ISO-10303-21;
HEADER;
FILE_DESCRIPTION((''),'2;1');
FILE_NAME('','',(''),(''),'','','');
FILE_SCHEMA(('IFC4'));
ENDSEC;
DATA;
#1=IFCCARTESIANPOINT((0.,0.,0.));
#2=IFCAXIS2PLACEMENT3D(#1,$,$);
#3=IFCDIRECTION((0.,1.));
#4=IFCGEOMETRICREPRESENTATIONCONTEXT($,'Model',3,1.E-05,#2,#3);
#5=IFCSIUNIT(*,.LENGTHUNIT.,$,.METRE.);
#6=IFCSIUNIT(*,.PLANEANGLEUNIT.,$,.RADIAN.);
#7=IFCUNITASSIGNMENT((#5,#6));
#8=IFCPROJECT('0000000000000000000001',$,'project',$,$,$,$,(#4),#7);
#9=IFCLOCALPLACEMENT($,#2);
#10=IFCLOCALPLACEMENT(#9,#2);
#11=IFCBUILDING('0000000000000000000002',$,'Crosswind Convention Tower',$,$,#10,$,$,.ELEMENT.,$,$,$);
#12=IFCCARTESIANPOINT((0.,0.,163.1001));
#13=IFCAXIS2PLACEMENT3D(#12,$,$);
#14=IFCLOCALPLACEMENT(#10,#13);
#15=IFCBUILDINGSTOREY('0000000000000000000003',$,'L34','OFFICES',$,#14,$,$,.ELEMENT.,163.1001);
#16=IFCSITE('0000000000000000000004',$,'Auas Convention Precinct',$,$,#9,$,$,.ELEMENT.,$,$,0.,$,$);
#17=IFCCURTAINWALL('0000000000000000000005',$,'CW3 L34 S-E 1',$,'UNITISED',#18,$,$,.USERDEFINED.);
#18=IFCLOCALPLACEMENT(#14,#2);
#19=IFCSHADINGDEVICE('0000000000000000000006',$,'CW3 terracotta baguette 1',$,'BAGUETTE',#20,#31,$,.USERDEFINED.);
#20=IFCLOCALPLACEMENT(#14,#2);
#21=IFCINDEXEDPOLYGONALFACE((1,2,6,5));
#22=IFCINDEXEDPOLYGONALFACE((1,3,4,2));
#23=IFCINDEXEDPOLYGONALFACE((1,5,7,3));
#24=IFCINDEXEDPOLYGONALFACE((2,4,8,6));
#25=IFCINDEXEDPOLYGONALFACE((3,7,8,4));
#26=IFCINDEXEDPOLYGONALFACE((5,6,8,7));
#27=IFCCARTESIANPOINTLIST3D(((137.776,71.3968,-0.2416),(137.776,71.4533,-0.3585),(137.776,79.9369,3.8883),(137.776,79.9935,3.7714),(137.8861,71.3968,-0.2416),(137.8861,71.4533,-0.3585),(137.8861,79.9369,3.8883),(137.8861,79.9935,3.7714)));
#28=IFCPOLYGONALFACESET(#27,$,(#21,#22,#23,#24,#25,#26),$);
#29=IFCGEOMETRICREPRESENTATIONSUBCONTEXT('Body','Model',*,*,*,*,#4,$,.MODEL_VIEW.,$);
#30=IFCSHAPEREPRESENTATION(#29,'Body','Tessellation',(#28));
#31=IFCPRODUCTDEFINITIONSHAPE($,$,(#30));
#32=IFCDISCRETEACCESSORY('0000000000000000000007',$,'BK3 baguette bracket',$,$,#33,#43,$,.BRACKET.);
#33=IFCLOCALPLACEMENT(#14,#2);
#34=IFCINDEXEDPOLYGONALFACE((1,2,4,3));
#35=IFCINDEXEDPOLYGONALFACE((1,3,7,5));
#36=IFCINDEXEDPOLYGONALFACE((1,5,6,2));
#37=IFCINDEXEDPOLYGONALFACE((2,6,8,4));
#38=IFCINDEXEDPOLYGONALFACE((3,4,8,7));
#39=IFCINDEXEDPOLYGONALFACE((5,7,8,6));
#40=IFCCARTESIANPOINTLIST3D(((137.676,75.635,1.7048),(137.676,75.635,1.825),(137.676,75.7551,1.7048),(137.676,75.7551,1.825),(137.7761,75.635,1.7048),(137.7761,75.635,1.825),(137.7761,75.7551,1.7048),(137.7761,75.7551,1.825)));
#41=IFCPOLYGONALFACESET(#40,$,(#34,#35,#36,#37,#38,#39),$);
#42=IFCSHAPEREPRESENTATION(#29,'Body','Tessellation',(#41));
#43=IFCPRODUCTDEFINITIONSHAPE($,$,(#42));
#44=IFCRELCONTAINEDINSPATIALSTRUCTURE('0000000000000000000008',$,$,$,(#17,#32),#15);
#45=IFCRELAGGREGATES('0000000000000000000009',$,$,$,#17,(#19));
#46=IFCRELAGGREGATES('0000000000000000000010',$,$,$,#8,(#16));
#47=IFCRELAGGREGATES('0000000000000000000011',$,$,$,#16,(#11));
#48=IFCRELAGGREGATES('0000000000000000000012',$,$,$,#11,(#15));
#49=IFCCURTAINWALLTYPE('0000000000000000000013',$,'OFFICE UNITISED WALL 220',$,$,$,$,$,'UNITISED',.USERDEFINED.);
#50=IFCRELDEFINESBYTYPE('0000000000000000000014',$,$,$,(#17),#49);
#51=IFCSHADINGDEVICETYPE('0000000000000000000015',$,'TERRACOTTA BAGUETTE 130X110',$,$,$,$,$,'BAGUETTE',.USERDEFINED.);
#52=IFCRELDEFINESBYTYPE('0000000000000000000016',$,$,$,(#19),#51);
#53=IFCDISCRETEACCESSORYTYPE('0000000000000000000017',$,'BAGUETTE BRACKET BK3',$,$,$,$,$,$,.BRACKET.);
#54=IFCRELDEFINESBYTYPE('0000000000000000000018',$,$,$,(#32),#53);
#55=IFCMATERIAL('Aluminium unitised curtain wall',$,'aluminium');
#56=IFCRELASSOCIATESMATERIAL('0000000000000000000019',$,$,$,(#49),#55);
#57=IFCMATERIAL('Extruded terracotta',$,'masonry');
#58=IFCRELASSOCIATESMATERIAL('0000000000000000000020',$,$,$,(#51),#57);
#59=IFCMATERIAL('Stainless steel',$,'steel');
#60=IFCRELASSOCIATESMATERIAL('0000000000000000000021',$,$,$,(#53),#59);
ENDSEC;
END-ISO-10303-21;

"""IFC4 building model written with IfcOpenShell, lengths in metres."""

from ifc_helpers import new_model, si_unit, direction, frame, origin, origin_2d, place, context, subcontext, project, spatial, rectangle, extrude, material, material_profile, profile_set, type_object, element, aggregate, save


model = new_model("IFC4")

# Units and contexts
model_context = context("Model", 3, precision=1e-05, world=origin(), true_north=direction((0.0, 1.0)))
body_context = subcontext(model_context, "Body", "Model", "MODEL_VIEW")
ifc_project = project(units=[si_unit("LENGTHUNIT", "METRE"), si_unit("PLANEANGLEUNIT", "RADIAN")], contexts=[model_context])

# Site, building, storey
site_placement = place(None, origin())
site = spatial("IfcSite", under=ifc_project, at=site_placement, Name="Auas Convention Precinct", CompositionType="ELEMENT", RefElevation=0.0)
building_placement = place(site_placement, origin())
building = spatial("IfcBuilding", under=site, at=building_placement, Name="Crosswind Convention Tower", CompositionType="ELEMENT")
storey_placement = place(building_placement, frame((0.0, 0.0, 163.1001)))
storey = spatial("IfcBuildingStorey", under=building, at=storey_placement, Name="L34", Description="OFFICES", CompositionType="ELEMENT", Elevation=163.1001)

# Shared definitions
ifc_material_1 = material(Name="Aluminium unitised curtain wall", Category="aluminium")

# Curtain wall
curtain_wall_type_1 = type_object("IfcCurtainWallType", Name="OFFICE UNITISED WALL 220", ElementType="UNITISED", PredefinedType="USERDEFINED", material=ifc_material_1)
curtain_wall_1_placement = place(storey_placement, origin())
curtain_wall_1 = element("IfcCurtainWall", 1, at=curtain_wall_1_placement, inside=storey, type_object=curtain_wall_type_1, Name="CW3 L34 S-E 1", ObjectType="UNITISED", PredefinedType="USERDEFINED")

# Shading device
ifc_material_2 = material(Name="Extruded terracotta", Category="masonry")
ifc_material_profile_1 = material_profile(ifc_material_2, rectangle(XDim=0.1101, YDim=0.1299, at=origin_2d()), Name="TC 110X130")
ifc_profile_set_1 = profile_set([ifc_material_profile_1], Name="Extruded terracotta")
shading_device_type = type_object("IfcShadingDeviceType", Name="TERRACOTTA BAGUETTE 130X110", ElementType="BAGUETTE", PredefinedType="USERDEFINED", material=ifc_profile_set_1)
shading_device_1_placement = place(storey_placement, frame((137.8311, 71.425, -0.3), z_axis=(0.0, 0.900258, 0.435356), x_axis=(-1.0, 0.0, 0.0)))
shading_device_1 = element("IfcShadingDevice", 2, at=shading_device_1_placement, type_object=shading_device_type, Name="CW3 terracotta baguette 1", ObjectType="BAGUETTE", PredefinedType="USERDEFINED", context=body_context, shape_type="SweptSolid", body=[
    extrude(rectangle(XDim=0.1101, YDim=0.1299, at=origin_2d()), origin(), (0.0, 0.0, 1.0), 9.4863),
])
aggregate(curtain_wall_1, [shading_device_1])

# Discrete accessory
ifc_material_3 = material(Name="Stainless steel", Category="steel")
discrete_accessory_type = type_object("IfcDiscreteAccessoryType", Name="BAGUETTE BRACKET BK3", PredefinedType="BRACKET", material=ifc_material_3)
discrete_accessory_placement = place(storey_placement, frame((137.7261, 75.6951, 1.7048), z_axis=(0.0, 0.0, 1.0), x_axis=(0.0, 1.0, 0.0)))
element("IfcDiscreteAccessory", 3, at=discrete_accessory_placement, inside=storey, type_object=discrete_accessory_type, Name="BK3 baguette bracket", PredefinedType="BRACKET", context=body_context, shape_type="SweptSolid", body=[
    extrude(rectangle(XDim=0.1201, YDim=0.1001, at=origin_2d()), origin(), (0.0, 0.0, 1.0), 0.1201),
])

save(model, "model.ifc")
